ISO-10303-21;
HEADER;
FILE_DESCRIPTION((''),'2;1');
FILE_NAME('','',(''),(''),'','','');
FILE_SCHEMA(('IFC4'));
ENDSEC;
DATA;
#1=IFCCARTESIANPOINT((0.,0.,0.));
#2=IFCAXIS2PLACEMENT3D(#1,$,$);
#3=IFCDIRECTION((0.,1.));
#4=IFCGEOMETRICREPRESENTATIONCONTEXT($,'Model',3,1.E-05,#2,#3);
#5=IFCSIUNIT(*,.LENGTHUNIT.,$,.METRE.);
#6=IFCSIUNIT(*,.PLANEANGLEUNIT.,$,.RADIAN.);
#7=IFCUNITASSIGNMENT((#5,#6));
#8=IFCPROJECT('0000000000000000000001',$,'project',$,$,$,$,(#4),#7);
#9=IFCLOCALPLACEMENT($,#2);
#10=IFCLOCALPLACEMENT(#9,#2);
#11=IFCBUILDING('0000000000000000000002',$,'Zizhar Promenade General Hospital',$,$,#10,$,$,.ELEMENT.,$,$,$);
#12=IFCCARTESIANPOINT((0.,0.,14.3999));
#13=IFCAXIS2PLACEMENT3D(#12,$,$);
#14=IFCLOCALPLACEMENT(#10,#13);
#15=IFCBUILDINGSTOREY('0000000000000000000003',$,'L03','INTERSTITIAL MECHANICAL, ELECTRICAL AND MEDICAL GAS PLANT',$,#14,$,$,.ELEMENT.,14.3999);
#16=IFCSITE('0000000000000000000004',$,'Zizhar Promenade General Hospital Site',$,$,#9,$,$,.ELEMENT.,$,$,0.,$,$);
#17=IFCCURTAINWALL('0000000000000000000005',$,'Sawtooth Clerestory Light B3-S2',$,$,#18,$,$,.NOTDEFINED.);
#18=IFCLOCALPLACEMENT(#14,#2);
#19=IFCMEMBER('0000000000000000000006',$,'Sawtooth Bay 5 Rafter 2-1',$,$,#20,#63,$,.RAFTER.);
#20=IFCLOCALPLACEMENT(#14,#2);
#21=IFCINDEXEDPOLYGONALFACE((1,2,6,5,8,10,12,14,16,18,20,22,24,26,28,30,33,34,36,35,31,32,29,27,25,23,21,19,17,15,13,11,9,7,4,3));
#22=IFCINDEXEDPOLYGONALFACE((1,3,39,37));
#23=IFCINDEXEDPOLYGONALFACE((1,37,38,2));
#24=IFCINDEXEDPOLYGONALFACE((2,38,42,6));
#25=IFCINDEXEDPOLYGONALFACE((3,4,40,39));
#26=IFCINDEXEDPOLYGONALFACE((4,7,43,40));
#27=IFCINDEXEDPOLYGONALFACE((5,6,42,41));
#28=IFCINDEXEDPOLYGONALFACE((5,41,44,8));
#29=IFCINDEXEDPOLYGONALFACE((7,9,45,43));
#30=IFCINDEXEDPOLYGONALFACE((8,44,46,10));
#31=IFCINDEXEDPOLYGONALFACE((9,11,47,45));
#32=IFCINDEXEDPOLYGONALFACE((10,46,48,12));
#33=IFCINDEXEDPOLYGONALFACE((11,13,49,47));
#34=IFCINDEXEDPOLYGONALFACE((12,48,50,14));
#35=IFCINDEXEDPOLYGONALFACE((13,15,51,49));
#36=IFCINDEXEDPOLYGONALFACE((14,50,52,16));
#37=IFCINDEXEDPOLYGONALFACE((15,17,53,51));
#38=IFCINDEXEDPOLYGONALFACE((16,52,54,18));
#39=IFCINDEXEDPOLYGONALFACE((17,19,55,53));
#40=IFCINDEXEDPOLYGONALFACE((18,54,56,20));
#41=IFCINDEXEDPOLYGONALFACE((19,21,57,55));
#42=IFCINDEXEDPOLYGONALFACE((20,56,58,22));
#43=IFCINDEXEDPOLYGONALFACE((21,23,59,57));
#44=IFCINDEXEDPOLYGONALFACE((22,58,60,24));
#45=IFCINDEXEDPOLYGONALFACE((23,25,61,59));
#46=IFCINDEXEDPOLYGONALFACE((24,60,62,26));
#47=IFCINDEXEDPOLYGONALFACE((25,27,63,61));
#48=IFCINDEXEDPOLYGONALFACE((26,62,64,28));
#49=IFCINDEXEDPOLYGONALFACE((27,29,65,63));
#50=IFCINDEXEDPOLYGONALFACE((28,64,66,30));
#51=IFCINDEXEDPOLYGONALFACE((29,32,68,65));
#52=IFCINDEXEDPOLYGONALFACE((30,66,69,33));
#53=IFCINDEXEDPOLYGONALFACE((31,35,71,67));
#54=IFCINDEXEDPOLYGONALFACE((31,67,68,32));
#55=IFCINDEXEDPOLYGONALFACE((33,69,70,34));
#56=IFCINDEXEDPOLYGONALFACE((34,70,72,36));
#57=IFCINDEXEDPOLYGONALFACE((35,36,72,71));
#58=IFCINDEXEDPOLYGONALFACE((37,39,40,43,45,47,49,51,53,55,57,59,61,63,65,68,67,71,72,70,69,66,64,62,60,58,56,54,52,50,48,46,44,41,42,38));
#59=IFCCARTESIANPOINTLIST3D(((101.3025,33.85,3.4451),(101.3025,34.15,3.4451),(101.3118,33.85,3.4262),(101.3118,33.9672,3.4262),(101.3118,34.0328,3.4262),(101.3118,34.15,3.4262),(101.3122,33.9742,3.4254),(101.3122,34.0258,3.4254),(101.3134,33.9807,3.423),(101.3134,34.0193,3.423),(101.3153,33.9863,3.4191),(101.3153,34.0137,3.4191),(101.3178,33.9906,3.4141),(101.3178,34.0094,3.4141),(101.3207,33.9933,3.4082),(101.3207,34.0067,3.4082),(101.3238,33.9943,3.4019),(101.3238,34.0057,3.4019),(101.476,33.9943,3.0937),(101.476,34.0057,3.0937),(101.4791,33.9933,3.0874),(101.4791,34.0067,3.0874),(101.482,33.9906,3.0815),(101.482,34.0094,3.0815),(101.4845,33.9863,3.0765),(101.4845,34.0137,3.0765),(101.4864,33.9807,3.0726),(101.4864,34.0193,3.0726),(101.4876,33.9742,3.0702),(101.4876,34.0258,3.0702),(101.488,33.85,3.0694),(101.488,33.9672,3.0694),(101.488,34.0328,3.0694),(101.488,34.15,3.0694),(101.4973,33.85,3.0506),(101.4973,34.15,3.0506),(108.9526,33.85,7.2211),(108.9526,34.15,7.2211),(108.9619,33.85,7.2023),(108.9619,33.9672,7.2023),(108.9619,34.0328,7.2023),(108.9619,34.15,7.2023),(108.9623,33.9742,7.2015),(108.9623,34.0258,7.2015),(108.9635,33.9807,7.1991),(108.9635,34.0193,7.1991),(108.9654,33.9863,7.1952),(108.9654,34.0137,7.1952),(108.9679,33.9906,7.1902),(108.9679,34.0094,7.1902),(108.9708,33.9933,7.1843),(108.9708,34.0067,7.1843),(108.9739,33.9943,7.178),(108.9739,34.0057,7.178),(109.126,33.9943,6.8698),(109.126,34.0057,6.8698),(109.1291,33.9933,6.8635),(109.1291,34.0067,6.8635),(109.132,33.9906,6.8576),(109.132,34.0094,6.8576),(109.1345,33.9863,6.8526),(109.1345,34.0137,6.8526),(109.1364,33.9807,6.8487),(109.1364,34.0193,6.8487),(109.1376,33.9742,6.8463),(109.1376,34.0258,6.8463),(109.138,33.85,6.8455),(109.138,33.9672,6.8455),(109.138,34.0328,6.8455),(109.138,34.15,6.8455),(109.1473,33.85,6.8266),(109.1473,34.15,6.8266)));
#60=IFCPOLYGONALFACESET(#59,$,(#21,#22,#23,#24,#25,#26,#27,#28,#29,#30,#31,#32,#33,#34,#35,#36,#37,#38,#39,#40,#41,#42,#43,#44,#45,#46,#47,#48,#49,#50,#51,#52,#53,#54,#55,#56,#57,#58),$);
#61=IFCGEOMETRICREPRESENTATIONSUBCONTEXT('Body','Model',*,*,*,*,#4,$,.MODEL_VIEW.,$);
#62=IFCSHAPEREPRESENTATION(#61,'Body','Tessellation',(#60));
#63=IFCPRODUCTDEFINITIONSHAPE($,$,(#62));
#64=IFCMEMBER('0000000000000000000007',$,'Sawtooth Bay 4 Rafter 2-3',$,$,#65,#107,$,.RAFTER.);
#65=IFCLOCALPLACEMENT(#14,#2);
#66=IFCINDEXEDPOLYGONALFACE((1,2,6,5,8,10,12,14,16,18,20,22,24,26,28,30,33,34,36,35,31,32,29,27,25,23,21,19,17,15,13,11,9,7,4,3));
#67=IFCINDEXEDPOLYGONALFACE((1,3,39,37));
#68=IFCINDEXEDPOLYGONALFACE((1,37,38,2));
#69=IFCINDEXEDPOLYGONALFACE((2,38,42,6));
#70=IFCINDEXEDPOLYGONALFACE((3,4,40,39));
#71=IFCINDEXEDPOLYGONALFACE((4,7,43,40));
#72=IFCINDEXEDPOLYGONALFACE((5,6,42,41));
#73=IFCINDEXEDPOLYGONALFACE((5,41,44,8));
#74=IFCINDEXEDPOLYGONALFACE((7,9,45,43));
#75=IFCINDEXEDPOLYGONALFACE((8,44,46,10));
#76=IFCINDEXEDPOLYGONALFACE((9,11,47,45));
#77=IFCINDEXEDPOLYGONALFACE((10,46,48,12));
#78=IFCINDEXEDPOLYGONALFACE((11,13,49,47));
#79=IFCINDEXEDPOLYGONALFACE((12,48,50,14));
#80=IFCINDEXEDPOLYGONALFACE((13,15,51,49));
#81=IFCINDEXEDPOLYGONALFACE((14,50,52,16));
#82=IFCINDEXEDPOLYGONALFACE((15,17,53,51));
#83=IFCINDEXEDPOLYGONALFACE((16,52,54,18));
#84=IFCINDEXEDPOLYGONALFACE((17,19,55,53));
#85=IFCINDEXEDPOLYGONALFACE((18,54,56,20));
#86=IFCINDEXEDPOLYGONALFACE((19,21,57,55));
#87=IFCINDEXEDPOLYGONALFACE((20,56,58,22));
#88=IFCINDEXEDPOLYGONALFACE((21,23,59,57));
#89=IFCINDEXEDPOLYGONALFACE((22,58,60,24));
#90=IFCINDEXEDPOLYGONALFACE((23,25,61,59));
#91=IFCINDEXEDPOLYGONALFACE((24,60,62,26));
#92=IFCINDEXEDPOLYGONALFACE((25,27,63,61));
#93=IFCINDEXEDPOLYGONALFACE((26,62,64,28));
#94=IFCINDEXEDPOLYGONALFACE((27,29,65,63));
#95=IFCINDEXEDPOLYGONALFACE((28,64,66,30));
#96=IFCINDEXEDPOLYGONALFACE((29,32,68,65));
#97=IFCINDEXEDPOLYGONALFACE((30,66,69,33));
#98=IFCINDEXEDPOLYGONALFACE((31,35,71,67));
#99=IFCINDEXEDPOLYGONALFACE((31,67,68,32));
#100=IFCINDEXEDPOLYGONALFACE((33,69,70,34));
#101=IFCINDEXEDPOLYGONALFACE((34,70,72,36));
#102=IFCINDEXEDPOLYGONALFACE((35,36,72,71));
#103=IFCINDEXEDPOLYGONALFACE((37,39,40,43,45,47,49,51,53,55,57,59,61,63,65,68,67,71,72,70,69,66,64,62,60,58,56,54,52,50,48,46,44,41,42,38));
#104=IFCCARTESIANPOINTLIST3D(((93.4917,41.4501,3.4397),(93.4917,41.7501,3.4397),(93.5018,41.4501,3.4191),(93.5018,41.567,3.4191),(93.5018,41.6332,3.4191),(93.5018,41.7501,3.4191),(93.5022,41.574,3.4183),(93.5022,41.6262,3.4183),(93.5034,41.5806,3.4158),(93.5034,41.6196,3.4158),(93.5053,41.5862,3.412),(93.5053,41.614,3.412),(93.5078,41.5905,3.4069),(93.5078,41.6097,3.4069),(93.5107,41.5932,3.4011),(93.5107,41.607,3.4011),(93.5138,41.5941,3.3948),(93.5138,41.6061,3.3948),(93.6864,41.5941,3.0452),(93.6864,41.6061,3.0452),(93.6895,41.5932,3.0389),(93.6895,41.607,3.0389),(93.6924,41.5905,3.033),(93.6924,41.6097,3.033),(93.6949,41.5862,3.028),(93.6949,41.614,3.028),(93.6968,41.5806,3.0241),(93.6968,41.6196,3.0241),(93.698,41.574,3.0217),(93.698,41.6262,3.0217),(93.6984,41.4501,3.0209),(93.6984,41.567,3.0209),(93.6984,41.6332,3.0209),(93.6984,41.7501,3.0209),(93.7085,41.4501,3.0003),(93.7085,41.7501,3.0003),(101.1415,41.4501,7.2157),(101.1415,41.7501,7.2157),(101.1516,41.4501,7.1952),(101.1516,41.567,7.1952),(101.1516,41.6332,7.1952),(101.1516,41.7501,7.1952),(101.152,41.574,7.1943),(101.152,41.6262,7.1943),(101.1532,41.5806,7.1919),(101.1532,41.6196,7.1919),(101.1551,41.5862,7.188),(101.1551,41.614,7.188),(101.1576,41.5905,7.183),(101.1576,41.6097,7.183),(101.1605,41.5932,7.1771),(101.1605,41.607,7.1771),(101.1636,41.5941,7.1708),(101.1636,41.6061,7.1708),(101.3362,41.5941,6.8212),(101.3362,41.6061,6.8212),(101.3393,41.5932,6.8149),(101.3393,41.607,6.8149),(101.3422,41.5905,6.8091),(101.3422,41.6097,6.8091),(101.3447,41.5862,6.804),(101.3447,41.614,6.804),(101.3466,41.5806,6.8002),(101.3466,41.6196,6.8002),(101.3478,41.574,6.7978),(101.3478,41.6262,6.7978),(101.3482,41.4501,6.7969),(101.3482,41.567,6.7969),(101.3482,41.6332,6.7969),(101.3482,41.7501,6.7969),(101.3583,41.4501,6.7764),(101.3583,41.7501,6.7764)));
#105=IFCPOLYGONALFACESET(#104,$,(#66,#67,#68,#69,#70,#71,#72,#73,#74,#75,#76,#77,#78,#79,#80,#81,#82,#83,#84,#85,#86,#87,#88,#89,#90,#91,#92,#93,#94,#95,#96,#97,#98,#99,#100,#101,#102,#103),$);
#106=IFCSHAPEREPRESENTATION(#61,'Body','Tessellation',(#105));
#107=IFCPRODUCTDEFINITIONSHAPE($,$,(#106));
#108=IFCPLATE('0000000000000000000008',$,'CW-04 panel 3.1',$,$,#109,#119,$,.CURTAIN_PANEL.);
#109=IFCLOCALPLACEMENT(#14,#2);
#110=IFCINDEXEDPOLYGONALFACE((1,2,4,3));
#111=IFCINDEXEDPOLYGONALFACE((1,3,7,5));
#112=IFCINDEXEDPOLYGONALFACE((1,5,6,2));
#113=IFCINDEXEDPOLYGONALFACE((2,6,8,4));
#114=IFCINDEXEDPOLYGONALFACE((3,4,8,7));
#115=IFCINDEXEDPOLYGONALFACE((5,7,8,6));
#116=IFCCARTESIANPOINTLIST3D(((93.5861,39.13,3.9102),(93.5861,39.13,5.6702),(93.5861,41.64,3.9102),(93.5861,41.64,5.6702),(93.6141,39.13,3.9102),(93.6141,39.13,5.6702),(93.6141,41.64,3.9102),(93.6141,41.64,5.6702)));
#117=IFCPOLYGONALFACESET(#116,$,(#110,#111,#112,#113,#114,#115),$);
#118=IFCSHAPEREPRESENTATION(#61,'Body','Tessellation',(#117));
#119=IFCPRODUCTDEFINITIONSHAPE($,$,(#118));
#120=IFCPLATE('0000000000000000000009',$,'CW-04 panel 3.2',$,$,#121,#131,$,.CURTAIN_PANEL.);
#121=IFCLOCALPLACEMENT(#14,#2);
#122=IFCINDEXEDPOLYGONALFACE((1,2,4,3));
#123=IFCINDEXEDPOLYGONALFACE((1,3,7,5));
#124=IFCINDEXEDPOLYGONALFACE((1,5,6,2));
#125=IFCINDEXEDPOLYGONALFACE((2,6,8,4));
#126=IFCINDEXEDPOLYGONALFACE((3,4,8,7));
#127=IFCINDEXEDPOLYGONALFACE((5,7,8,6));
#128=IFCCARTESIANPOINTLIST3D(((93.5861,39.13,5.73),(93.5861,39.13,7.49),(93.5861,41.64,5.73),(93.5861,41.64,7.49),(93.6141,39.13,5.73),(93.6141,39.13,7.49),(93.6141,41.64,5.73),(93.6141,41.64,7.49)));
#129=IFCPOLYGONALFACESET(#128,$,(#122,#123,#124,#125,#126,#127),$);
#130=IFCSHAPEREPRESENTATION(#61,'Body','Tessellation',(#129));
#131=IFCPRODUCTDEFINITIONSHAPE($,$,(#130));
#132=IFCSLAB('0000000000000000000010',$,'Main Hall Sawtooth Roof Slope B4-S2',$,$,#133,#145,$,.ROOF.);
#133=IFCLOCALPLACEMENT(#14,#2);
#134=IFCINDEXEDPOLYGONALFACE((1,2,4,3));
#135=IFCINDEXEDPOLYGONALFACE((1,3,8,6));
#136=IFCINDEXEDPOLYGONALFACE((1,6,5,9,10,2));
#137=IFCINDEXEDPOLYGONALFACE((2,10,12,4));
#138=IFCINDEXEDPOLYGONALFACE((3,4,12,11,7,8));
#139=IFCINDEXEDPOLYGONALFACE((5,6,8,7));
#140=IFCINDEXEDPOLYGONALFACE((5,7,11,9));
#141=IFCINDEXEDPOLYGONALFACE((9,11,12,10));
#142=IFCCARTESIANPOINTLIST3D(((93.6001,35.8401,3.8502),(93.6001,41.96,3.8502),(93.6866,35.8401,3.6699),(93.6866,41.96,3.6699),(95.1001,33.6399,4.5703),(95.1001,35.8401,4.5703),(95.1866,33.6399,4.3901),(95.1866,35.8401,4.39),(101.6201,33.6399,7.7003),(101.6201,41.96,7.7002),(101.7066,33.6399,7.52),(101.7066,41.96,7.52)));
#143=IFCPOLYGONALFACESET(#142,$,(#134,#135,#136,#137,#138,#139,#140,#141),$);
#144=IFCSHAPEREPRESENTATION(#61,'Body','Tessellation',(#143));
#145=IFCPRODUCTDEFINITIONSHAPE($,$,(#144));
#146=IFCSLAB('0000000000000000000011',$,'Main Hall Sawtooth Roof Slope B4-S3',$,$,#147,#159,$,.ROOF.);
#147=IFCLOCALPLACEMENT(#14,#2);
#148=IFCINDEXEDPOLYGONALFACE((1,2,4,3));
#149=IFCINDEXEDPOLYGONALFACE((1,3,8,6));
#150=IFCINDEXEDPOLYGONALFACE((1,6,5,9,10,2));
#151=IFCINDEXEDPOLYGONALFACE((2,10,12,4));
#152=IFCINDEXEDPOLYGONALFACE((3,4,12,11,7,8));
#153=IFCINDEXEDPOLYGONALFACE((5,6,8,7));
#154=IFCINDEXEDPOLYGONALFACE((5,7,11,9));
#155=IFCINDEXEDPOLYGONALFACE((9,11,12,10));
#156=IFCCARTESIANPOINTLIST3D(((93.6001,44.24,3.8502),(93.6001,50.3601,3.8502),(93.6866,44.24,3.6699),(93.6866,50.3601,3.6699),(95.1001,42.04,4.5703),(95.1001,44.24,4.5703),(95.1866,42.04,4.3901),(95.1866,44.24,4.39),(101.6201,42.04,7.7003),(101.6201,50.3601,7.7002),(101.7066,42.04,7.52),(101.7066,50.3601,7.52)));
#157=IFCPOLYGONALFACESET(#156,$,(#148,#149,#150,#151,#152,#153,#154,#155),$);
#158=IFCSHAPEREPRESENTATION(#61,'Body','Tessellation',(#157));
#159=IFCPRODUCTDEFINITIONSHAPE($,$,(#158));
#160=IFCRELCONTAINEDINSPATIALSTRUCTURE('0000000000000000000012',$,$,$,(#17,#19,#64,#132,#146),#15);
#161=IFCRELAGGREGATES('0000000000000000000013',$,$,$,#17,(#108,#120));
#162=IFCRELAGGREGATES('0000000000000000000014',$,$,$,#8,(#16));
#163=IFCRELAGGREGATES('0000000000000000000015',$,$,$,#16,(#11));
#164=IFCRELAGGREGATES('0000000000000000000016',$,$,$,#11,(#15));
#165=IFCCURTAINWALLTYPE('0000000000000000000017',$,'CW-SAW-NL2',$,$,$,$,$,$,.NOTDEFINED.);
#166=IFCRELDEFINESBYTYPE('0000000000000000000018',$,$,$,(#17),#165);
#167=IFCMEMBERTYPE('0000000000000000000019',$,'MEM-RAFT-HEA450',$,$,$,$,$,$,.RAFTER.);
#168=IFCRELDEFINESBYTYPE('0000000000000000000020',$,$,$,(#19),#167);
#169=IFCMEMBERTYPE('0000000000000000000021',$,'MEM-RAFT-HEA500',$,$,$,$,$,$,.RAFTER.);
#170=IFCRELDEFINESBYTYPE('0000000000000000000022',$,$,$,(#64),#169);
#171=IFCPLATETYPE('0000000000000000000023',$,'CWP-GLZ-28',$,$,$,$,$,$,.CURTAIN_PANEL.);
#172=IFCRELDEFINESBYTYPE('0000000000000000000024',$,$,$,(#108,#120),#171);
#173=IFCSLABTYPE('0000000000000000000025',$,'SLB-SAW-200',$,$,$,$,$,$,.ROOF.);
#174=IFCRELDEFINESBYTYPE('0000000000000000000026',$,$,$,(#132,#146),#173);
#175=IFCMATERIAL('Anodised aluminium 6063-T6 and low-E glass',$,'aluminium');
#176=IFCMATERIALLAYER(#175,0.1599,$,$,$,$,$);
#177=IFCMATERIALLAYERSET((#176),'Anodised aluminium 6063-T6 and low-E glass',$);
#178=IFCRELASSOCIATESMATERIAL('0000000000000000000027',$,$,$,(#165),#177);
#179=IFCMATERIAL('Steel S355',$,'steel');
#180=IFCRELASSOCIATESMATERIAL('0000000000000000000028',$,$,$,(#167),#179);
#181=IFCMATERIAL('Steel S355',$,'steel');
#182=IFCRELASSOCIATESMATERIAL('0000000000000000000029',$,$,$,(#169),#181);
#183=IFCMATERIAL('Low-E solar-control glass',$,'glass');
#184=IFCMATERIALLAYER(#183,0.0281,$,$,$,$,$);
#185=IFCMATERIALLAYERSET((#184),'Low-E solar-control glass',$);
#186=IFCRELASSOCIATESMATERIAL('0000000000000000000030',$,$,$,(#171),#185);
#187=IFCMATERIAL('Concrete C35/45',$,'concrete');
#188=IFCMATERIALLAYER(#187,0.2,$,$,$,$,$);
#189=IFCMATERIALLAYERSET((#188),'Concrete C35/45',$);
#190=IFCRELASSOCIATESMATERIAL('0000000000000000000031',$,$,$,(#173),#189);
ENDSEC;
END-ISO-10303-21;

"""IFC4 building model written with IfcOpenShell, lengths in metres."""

from ifc_helpers import new_model, si_unit, direction, frame, origin, origin_2d, place, context, subcontext, project, spatial, polyline, rectangle, i_section, outline, extrude, material, layer, layer_set, material_profile, profile_set, type_object, element, aggregate, save


model = new_model("IFC4")

# Units and contexts
model_context = context("Model", 3, precision=1e-05, world=origin(), true_north=direction((0.0, 1.0)))
body_context = subcontext(model_context, "Body", "Model", "MODEL_VIEW")
ifc_project = project(units=[si_unit("LENGTHUNIT", "METRE"), si_unit("PLANEANGLEUNIT", "RADIAN")], contexts=[model_context])

# Site, building, storey
site_placement = place(None, origin())
site = spatial("IfcSite", under=ifc_project, at=site_placement, Name="Zizhar Promenade General Hospital Site", CompositionType="ELEMENT", RefElevation=0.0)
building_placement = place(site_placement, origin())
building = spatial("IfcBuilding", under=site, at=building_placement, Name="Zizhar Promenade General Hospital", CompositionType="ELEMENT")
storey_placement = place(building_placement, frame((0.0, 0.0, 14.3999)))
storey = spatial("IfcBuildingStorey", under=building, at=storey_placement, Name="L03", Description="INTERSTITIAL MECHANICAL, ELECTRICAL AND MEDICAL GAS PLANT", CompositionType="ELEMENT", Elevation=14.3999)

# Curtain wall
ifc_material_1 = material(Name="Anodised aluminium 6063-T6 and low-E glass", Category="aluminium")
ifc_layer_1 = layer(ifc_material_1, 0.1599)
ifc_layer_set_1 = layer_set([ifc_layer_1], Name="Anodised aluminium 6063-T6 and low-E glass")
curtain_wall_type_1 = type_object("IfcCurtainWallType", Name="CW-SAW-NL2", PredefinedType="NOTDEFINED", material=ifc_layer_set_1)
curtain_wall_1_placement = place(storey_placement, origin())
curtain_wall_1 = element("IfcCurtainWall", 1, at=curtain_wall_1_placement, inside=storey, type_object=curtain_wall_type_1, Name="Sawtooth Clerestory Light B3-S2", PredefinedType="NOTDEFINED")

# Members
ifc_material_2 = material(Name="Steel S355", Category="steel")
ifc_material_profile_1 = material_profile(ifc_material_2, i_section(OverallWidth=0.3, OverallDepth=0.4399, WebThickness=0.0115, FlangeThickness=0.021, FilletRadius=0.0271, at=origin_2d()))
ifc_profile_set_1 = profile_set([ifc_material_profile_1], Name="Steel S355")
member_type_1 = type_object("IfcMemberType", Name="MEM-RAFT-HEA450", PredefinedType="RAFTER", material=ifc_profile_set_1)
member_1_placement = place(storey_placement, frame((101.3999, 34.0, 3.2478), z_axis=(0.89671, 0.0, 0.442618), x_axis=(0.0, 1.0, 0.0)))
element("IfcMember", 2, at=member_1_placement, inside=storey, type_object=member_type_1, Name="Sawtooth Bay 5 Rafter 2-1", PredefinedType="RAFTER", context=body_context, shape_type="SweptSolid", body=[
    extrude(i_section(OverallWidth=0.3, OverallDepth=0.4399, WebThickness=0.0115, FlangeThickness=0.021, FilletRadius=0.0271, at=origin_2d()), origin(), (0.0, 0.0, 1.0), 8.5312),
])
ifc_material_3 = material(Name="Steel S355", Category="steel")
ifc_material_profile_2 = material_profile(ifc_material_3, i_section(OverallWidth=0.3, OverallDepth=0.49, WebThickness=0.012, FlangeThickness=0.0229, FilletRadius=0.0271, at=origin_2d()))
ifc_profile_set_2 = profile_set([ifc_material_profile_2], Name="Steel S355")
member_type_2 = type_object("IfcMemberType", Name="MEM-RAFT-HEA500", PredefinedType="RAFTER", material=ifc_profile_set_2)
member_2_placement = place(storey_placement, frame((93.6001, 41.6001, 3.22), z_axis=(0.896705, 0.0, 0.442629), x_axis=(0.0, 1.0, 0.0)))
element("IfcMember", 3, at=member_2_placement, inside=storey, type_object=member_type_2, Name="Sawtooth Bay 4 Rafter 2-3", PredefinedType="RAFTER", context=body_context, shape_type="SweptSolid", body=[
    extrude(i_section(OverallWidth=0.3, OverallDepth=0.49, WebThickness=0.012, FlangeThickness=0.0229, FilletRadius=0.0271, at=origin_2d()), origin(), (0.0, 0.0, 1.0), 8.531),
])

# Plates
ifc_material_4 = material(Name="Low-E solar-control glass", Category="glass")
ifc_layer_2 = layer(ifc_material_4, 0.0281)
ifc_layer_set_2 = layer_set([ifc_layer_2], Name="Low-E solar-control glass")
plate_type = type_object("IfcPlateType", Name="CWP-GLZ-28", PredefinedType="CURTAIN_PANEL", material=ifc_layer_set_2)
plate_1_placement = place(storey_placement, frame((93.6001, 40.385, 3.9102), z_axis=(0.0, 0.0, 1.0), x_axis=(0.0, 1.0, 0.0)))
plate_1 = element("IfcPlate", 4, at=plate_1_placement, type_object=plate_type, Name="CW-04 panel 3.1", PredefinedType="CURTAIN_PANEL", context=body_context, shape_type="SweptSolid", body=[
    extrude(rectangle(XDim=2.51, YDim=0.0281, at=origin_2d()), origin(), (0.0, 0.0, 1.0), 1.76),
])
plate_2_placement = place(storey_placement, frame((93.6001, 40.385, 5.73), z_axis=(0.0, 0.0, 1.0), x_axis=(0.0, 1.0, 0.0)))
plate_2 = element("IfcPlate", 5, at=plate_2_placement, type_object=plate_type, Name="CW-04 panel 3.2", PredefinedType="CURTAIN_PANEL", context=body_context, shape_type="SweptSolid", body=[
    extrude(rectangle(XDim=2.51, YDim=0.0281, at=origin_2d()), origin(), (0.0, 0.0, 1.0), 1.76),
])
aggregate(curtain_wall_1, [plate_1, plate_2])

# Slabs
ifc_material_5 = material(Name="Concrete C35/45", Category="concrete")
ifc_layer_3 = layer(ifc_material_5, 0.2)
ifc_layer_set_3 = layer_set([ifc_layer_3], Name="Concrete C35/45")
slab_type = type_object("IfcSlabType", Name="SLB-SAW-200", PredefinedType="ROOF", material=ifc_layer_set_3)
slab_1_placement = place(storey_placement, frame((95.1001, 33.6399, 4.5703), z_axis=(-0.432773, 0.000007, 0.901503), x_axis=(0.901503, 0.0, 0.432773)))
element("IfcSlab", 6, at=slab_1_placement, inside=storey, type_object=slab_type, Name="Main Hall Sawtooth Roof Slope B4-S2", PredefinedType="ROOF", context=body_context, shape_type="SweptSolid", body=[
    extrude(outline(polyline([(0.0, 0.0), (7.2323, 0.0), (7.2323, 8.3201), (-1.6639, 8.3201), (-1.6639, 2.2002), (0.0, 2.2002), (0.0, 0.0)])), origin(), (0.0, 0.0, -1.0), 0.2),
])
slab_2_placement = place(storey_placement, frame((95.1001, 42.04, 4.5703), z_axis=(-0.432773, 0.000007, 0.901503), x_axis=(0.901503, 0.0, 0.432773)))
element("IfcSlab", 7, at=slab_2_placement, inside=storey, type_object=slab_type, Name="Main Hall Sawtooth Roof Slope B4-S3", PredefinedType="ROOF", context=body_context, shape_type="SweptSolid", body=[
    extrude(outline(polyline([(0.0, 0.0), (7.2323, 0.0), (7.2323, 8.3201), (-1.6639, 8.3201), (-1.6639, 2.2), (0.0, 2.2), (0.0, 0.0)])), origin(), (0.0, 0.0, -1.0), 0.2),
])

save(model, "model.ifc")
